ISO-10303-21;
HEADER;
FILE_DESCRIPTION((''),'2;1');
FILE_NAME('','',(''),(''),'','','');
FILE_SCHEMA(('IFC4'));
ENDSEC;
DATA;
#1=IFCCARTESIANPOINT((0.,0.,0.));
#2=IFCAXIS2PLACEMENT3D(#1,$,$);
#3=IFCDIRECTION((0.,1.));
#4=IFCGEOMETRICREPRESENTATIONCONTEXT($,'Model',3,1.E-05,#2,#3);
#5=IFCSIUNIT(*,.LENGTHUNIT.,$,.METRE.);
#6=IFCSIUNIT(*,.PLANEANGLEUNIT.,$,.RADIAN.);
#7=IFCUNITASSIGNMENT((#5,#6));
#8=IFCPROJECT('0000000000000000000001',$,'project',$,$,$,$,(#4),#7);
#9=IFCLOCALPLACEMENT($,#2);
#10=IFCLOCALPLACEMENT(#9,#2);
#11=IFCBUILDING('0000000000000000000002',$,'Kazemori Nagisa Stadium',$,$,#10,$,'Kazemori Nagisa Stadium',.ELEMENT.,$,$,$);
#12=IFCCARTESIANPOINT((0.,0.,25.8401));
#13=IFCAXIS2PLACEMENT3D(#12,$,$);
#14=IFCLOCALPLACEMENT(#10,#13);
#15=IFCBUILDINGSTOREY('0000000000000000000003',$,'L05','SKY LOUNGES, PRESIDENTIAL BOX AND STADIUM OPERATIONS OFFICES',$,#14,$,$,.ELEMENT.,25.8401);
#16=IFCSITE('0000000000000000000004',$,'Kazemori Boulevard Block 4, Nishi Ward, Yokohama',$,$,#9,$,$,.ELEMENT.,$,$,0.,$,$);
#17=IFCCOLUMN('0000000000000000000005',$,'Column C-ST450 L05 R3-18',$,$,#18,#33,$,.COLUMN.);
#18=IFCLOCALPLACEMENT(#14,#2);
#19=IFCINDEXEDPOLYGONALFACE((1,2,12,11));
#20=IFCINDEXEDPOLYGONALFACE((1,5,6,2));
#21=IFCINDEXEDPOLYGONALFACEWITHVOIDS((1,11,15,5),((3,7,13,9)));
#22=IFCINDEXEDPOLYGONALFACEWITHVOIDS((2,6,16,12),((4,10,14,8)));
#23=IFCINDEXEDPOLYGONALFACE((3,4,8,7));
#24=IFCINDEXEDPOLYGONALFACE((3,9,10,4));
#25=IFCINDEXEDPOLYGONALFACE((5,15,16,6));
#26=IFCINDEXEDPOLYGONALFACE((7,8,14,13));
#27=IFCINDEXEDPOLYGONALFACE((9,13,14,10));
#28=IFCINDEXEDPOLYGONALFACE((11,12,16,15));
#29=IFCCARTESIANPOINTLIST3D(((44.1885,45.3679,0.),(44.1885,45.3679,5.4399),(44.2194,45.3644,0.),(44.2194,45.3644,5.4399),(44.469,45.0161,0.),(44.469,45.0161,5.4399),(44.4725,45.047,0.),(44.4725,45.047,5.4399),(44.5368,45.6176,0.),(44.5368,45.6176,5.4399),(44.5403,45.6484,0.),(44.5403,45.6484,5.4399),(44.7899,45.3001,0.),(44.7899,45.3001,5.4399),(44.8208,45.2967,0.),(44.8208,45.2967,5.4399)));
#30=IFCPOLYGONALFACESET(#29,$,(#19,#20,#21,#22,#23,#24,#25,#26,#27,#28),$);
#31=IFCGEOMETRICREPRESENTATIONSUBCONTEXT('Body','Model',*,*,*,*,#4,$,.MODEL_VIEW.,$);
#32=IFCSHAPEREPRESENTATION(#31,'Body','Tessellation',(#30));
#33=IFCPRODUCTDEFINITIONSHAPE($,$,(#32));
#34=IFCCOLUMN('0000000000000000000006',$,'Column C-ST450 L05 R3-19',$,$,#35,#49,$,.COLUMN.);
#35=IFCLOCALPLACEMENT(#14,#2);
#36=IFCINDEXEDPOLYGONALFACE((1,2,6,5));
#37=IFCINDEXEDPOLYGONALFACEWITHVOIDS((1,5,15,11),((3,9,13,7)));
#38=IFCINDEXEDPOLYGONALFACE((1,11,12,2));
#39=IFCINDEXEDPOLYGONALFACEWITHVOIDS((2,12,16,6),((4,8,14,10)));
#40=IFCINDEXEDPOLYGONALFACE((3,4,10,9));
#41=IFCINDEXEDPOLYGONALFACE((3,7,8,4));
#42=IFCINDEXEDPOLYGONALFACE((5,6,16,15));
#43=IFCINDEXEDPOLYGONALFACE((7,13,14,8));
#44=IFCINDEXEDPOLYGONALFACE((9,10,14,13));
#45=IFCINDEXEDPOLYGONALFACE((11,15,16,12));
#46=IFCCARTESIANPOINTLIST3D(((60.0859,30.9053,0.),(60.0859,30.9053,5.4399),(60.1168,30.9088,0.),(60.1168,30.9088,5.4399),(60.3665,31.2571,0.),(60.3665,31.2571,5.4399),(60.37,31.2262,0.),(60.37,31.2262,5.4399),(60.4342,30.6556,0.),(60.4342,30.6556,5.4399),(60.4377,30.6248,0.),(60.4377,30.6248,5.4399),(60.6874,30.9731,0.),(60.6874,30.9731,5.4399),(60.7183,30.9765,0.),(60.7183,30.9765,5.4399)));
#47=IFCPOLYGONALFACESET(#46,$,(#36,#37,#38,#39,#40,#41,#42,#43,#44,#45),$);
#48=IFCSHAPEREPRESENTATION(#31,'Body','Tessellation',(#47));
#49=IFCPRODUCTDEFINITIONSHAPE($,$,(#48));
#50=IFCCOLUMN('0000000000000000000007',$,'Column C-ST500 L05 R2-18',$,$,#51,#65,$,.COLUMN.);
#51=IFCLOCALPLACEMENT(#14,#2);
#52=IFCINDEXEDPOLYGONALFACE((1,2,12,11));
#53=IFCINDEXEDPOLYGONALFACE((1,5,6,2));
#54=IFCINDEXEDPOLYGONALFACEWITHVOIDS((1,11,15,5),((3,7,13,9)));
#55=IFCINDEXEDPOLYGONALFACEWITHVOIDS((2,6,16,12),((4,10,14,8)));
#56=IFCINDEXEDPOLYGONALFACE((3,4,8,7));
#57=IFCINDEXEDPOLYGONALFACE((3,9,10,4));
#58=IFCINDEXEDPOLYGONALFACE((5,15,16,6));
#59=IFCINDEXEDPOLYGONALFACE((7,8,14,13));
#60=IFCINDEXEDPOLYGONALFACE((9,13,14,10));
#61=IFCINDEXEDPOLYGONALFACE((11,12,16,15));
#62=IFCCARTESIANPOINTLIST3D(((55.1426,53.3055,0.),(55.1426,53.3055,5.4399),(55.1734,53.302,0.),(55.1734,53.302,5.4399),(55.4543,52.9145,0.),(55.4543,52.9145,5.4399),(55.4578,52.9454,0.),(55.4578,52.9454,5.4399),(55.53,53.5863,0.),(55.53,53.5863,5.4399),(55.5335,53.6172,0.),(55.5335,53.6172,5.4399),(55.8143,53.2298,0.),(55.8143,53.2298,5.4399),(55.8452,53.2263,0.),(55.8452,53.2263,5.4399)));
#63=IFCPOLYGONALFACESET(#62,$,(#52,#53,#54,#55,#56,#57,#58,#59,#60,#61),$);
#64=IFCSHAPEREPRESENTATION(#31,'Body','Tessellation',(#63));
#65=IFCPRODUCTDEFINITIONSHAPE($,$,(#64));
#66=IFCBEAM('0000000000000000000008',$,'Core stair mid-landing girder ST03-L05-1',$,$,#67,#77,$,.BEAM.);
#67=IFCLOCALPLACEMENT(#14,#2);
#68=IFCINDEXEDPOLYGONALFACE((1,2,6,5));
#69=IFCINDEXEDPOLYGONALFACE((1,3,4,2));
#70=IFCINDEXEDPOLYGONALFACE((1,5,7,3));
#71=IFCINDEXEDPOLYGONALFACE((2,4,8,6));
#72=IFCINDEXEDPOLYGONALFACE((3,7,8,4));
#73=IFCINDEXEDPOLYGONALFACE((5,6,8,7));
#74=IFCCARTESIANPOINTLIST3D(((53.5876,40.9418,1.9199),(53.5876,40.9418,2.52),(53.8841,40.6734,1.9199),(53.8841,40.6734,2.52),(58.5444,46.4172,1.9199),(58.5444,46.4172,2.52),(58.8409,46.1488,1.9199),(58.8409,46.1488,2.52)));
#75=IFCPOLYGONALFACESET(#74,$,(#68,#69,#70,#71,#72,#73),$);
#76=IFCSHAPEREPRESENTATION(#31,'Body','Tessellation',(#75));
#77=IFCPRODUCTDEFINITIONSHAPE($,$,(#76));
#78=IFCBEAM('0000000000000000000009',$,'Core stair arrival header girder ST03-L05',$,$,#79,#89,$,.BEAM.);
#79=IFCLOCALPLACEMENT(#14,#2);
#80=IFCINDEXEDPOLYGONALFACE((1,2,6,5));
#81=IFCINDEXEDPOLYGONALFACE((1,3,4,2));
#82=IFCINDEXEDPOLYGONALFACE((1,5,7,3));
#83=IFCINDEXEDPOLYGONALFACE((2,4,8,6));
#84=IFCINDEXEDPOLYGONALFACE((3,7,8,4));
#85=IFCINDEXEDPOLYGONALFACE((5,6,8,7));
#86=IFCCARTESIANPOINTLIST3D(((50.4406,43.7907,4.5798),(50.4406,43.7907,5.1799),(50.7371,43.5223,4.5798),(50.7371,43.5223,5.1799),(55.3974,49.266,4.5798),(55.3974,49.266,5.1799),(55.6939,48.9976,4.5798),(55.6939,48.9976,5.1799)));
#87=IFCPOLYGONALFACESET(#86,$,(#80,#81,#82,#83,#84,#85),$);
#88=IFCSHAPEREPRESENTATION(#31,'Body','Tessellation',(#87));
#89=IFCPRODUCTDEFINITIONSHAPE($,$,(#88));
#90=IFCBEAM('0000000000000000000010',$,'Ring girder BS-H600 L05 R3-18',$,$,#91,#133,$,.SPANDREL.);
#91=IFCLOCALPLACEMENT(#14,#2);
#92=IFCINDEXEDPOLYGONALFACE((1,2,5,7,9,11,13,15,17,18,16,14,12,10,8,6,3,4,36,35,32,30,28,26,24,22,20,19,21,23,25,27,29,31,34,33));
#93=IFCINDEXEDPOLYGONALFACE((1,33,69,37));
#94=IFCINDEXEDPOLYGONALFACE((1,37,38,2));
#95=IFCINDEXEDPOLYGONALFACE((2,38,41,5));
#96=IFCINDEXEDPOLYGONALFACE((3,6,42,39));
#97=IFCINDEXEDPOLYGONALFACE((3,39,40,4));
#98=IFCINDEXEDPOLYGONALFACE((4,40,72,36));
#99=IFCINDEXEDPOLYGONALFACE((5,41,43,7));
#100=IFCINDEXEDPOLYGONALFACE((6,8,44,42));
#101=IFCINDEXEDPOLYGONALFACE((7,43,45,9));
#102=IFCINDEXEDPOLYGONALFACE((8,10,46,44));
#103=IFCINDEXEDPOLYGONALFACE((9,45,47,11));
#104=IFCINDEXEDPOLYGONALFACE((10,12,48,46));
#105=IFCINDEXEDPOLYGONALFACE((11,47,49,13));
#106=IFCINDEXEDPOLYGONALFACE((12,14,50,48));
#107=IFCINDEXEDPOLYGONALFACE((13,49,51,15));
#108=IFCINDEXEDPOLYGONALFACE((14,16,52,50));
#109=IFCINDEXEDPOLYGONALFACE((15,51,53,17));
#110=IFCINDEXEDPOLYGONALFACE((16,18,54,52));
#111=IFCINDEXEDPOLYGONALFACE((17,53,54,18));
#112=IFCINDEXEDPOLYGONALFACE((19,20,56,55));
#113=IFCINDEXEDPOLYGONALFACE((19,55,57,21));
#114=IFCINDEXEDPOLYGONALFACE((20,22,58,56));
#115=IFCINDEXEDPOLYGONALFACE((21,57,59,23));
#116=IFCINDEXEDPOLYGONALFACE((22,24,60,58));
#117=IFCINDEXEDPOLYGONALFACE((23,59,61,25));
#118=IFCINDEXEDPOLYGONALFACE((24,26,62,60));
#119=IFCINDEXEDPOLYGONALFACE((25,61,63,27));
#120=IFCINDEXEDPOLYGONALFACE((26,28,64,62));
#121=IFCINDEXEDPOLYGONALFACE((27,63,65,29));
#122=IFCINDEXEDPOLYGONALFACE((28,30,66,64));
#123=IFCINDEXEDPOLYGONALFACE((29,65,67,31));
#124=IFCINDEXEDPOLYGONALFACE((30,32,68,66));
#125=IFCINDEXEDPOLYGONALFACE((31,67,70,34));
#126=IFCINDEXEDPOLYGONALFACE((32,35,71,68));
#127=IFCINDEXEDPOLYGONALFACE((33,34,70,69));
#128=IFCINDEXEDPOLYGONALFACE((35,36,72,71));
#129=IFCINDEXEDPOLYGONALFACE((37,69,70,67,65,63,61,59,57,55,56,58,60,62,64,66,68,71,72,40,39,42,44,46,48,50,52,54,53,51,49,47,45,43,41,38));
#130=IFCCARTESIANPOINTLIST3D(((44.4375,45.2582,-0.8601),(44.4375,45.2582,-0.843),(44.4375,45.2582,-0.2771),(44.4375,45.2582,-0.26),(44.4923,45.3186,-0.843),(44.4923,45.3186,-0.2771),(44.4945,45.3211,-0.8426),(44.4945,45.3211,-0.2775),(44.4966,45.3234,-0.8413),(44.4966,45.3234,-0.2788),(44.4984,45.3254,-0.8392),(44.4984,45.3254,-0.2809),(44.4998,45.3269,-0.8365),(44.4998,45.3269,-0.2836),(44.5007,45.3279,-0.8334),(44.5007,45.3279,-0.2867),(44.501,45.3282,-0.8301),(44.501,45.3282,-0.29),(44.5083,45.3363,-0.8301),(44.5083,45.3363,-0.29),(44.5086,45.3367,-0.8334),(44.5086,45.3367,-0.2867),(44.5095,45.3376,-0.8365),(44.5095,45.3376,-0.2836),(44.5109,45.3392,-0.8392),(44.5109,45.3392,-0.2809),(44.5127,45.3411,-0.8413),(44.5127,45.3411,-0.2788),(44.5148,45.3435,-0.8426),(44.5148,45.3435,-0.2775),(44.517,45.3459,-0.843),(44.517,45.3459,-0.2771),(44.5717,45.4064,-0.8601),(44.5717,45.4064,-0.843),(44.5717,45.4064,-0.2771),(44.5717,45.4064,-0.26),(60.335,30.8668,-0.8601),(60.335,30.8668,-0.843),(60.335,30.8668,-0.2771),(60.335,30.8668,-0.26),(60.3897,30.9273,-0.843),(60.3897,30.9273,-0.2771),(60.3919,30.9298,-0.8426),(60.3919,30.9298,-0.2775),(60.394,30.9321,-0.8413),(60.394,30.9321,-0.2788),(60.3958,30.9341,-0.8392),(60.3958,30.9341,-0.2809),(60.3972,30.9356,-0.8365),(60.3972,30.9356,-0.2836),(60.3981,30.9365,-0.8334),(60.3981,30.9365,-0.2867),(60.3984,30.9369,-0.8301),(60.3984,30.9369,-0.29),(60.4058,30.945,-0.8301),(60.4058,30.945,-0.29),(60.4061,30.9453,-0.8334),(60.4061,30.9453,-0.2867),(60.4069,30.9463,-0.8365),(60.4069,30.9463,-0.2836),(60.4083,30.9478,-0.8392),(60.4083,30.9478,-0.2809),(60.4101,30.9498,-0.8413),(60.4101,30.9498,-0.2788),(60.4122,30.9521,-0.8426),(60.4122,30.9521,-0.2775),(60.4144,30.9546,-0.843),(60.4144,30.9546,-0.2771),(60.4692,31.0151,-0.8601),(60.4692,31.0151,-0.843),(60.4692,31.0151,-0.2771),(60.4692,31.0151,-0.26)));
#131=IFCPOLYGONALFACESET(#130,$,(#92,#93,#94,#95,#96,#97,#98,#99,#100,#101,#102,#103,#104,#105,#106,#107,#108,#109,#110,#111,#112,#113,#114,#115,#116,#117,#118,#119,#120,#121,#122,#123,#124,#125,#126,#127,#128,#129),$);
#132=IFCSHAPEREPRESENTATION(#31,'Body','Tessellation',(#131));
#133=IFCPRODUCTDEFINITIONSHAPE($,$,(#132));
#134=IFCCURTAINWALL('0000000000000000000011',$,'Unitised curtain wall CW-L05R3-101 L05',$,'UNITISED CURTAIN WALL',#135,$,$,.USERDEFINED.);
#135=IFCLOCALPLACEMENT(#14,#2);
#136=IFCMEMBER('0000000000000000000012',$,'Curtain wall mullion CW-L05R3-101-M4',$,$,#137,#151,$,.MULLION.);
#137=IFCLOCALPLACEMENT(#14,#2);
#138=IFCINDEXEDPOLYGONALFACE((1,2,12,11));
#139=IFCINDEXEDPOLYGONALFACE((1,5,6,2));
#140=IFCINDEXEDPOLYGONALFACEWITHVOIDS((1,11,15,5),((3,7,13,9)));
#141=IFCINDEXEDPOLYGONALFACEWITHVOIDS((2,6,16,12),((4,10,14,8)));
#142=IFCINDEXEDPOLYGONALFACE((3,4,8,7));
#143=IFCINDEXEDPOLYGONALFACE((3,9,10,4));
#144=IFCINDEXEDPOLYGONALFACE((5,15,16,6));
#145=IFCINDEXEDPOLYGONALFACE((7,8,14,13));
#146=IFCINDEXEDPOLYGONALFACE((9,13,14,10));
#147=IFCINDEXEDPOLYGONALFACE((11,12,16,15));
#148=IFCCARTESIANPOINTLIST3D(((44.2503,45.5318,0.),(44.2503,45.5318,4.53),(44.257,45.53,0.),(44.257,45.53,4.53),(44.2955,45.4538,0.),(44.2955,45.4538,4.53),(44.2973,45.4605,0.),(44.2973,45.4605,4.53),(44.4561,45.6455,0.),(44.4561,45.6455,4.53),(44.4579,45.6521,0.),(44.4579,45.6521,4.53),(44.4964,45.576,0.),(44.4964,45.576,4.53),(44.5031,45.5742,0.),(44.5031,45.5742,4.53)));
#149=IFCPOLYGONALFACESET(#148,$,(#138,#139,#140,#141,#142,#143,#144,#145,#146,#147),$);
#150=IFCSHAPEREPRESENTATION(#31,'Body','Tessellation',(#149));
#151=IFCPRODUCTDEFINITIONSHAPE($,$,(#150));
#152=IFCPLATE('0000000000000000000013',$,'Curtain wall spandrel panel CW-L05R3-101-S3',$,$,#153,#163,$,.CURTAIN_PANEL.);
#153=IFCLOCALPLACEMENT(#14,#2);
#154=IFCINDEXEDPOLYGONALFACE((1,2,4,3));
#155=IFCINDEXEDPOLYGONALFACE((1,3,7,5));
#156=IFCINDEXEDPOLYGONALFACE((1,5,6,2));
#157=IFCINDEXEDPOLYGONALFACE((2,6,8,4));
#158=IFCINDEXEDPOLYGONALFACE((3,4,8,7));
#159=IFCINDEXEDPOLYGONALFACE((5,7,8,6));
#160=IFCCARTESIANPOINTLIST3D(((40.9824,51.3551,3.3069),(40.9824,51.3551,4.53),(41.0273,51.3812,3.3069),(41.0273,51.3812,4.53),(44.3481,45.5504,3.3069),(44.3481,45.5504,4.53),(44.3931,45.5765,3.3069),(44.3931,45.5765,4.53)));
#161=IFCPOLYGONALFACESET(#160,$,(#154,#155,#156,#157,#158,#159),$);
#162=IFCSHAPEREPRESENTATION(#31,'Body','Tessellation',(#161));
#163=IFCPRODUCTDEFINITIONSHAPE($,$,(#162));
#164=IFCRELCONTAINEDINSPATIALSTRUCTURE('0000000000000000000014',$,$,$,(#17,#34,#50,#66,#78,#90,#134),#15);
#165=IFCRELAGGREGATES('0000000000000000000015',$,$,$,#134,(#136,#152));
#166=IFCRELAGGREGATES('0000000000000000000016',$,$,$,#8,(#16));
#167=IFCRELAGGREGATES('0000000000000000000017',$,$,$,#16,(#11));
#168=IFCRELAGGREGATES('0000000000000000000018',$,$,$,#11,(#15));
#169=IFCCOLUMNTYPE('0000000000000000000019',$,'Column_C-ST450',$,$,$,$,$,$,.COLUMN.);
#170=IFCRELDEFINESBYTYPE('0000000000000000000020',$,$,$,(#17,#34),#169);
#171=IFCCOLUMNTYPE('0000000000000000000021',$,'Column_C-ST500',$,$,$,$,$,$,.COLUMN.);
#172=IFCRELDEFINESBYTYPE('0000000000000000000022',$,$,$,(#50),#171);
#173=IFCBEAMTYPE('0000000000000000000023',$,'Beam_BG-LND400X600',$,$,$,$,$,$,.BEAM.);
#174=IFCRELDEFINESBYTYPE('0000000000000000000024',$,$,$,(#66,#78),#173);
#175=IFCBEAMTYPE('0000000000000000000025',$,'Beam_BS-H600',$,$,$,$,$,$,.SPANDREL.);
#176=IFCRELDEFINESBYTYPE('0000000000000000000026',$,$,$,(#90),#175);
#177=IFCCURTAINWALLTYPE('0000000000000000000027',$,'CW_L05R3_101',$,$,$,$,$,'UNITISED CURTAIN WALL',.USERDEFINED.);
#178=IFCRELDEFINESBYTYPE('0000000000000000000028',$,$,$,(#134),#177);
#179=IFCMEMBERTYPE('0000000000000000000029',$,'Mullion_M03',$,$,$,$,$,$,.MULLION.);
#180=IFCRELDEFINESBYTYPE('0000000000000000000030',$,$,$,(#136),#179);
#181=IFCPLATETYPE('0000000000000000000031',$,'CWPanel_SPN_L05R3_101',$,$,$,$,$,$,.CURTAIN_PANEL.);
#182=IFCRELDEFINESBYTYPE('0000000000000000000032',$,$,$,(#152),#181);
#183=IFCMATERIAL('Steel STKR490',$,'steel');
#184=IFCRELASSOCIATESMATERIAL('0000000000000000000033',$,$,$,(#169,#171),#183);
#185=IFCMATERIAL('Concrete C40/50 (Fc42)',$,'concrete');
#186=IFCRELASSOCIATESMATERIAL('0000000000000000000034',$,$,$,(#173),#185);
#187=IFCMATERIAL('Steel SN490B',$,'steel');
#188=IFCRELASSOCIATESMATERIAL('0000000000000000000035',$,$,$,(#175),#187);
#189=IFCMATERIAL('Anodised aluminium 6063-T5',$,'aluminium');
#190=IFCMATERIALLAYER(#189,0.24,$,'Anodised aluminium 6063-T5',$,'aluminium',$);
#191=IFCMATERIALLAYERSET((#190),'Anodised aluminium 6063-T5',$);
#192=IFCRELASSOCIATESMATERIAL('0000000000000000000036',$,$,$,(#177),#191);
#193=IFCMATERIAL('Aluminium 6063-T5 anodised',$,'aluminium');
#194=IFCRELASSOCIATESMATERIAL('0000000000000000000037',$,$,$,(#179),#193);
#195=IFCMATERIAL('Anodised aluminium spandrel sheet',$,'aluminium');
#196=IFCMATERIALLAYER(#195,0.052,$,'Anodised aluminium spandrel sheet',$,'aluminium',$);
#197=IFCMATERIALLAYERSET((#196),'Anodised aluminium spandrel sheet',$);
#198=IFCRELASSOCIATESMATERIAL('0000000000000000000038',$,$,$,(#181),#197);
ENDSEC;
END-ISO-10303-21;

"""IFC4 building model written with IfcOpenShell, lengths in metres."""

from ifc_helpers import new_model, si_unit, direction, frame, origin, origin_2d, place, context, subcontext, project, spatial, rectangle, hollow_rectangle, i_section, extrude, material, layer, layer_set, material_profile, profile_set, type_object, element, aggregate, save


model = new_model("IFC4")

# Units and contexts
model_context = context("Model", 3, precision=1e-05, world=origin(), true_north=direction((0.0, 1.0)))
body_context = subcontext(model_context, "Body", "Model", "MODEL_VIEW")
ifc_project = project(units=[si_unit("LENGTHUNIT", "METRE"), si_unit("PLANEANGLEUNIT", "RADIAN")], contexts=[model_context])

# Site, building, storey
site_placement = place(None, origin())
site = spatial("IfcSite", under=ifc_project, at=site_placement, Name="Kazemori Boulevard Block 4, Nishi Ward, Yokohama", CompositionType="ELEMENT", RefElevation=0.0)
building_placement = place(site_placement, origin())
building = spatial("IfcBuilding", under=site, at=building_placement, Name="Kazemori Nagisa Stadium", LongName="Kazemori Nagisa Stadium", CompositionType="ELEMENT")
storey_placement = place(building_placement, frame((0.0, 0.0, 25.8401)))
storey = spatial("IfcBuildingStorey", under=building, at=storey_placement, Name="L05", Description="SKY LOUNGES, PRESIDENTIAL BOX AND STADIUM OPERATIONS OFFICES", CompositionType="ELEMENT", Elevation=25.8401)

# Columns
ifc_material_1 = material(Name="Steel STKR490", Category="steel")
ifc_material_profile_1 = material_profile(ifc_material_1, hollow_rectangle(XDim=0.45, YDim=0.45, WallThickness=0.022, at=origin_2d()), Name="SHS-450x450x22")
ifc_profile_set_1 = profile_set([ifc_material_profile_1], Name="Steel STKR490")
column_type_1 = type_object("IfcColumnType", Name="Column_C-ST450", PredefinedType="COLUMN", material=ifc_profile_set_1)
for number, where, z_axis, x_axis, name in (
    (1, (44.5046, 45.3323, 0.0), (0.0, 0.0, 1.0), (-0.781831, -0.62349, 0.0), "Column C-ST450 L05 R3-18"),
    (2, (60.4021, 30.9409, 0.0), (0.0, 0.0, 1.0), (-0.62349, -0.781831, 0.0), "Column C-ST450 L05 R3-19"),
):
    element("IfcColumn", number, at=place(storey_placement, frame(where, z_axis=z_axis, x_axis=x_axis)), inside=storey, type_object=column_type_1, Name=name, PredefinedType="COLUMN", context=body_context, shape_type="SweptSolid", body=[
        extrude(hollow_rectangle(XDim=0.45, YDim=0.45, WallThickness=0.022, at=origin_2d()), origin(), (0.0, 0.0, 1.0), 5.4399),
    ])
ifc_material_profile_2 = material_profile(ifc_material_1, hollow_rectangle(XDim=0.5, YDim=0.5, WallThickness=0.022, at=origin_2d()), Name="SHS-500x500x22")
ifc_profile_set_2 = profile_set([ifc_material_profile_2], Name="Steel STKR490")
column_type_2 = type_object("IfcColumnType", Name="Column_C-ST500", PredefinedType="COLUMN", material=ifc_profile_set_2)
column_placement = place(storey_placement, frame((55.4939, 53.2659, 0.0), z_axis=(0.0, 0.0, 1.0), x_axis=(-0.781831, -0.62349, 0.0)))
element("IfcColumn", 3, at=column_placement, inside=storey, type_object=column_type_2, Name="Column C-ST500 L05 R2-18", PredefinedType="COLUMN", context=body_context, shape_type="SweptSolid", body=[
    extrude(hollow_rectangle(XDim=0.5, YDim=0.5, WallThickness=0.022, at=origin_2d()), origin(), (0.0, 0.0, 1.0), 5.4399),
])

# Beams
ifc_material_2 = material(Name="Concrete C40/50 (Fc42)", Category="concrete")
ifc_material_profile_3 = material_profile(ifc_material_2, rectangle(XDim=0.3999, YDim=0.6001, at=origin_2d()), Name="RC-BM-400x600")
ifc_profile_set_3 = profile_set([ifc_material_profile_3], Name="Concrete C40/50 (Fc42)")
beam_type_1 = type_object("IfcBeamType", Name="Beam_BG-LND400X600", PredefinedType="BEAM", material=ifc_profile_set_3)
for number, where, z_axis, x_axis, name in (
    (4, (58.6926, 46.283, 2.22), (-0.67113, -0.74134, 0.0), (0.74134, -0.67113, 0.0), "Core stair mid-landing girder ST03-L05-1"),
    (5, (55.5457, 49.1318, 4.8799), (-0.67113, -0.74134, 0.0), (0.74134, -0.67113, 0.0), "Core stair arrival header girder ST03-L05"),
):
    element("IfcBeam", number, at=place(storey_placement, frame(where, z_axis=z_axis, x_axis=x_axis)), inside=storey, type_object=beam_type_1, Name=name, PredefinedType="BEAM", context=body_context, shape_type="SweptSolid", body=[
        extrude(rectangle(XDim=0.3999, YDim=0.6001, at=origin_2d()), origin(), (0.0, 0.0, 1.0), 7.3857),
    ])
ifc_material_3 = material(Name="Steel SN490B", Category="steel")
ifc_material_profile_4 = material_profile(ifc_material_3, i_section(OverallWidth=0.2, OverallDepth=0.6001, WebThickness=0.011, FlangeThickness=0.0171, FilletRadius=0.0129, at=origin_2d()), Name="H-600x200x11x17")
ifc_profile_set_4 = profile_set([ifc_material_profile_4], Name="Steel SN490B")
beam_type_2 = type_object("IfcBeamType", Name="Beam_BS-H600", PredefinedType="SPANDREL", material=ifc_profile_set_4)
beam_placement = place(storey_placement, frame((44.5046, 45.3323, -0.5601), z_axis=(0.741352, -0.671117, 0.0), x_axis=(0.671117, 0.741352, 0.0)))
element("IfcBeam", 6, at=beam_placement, inside=storey, type_object=beam_type_2, Name="Ring girder BS-H600 L05 R3-18", PredefinedType="SPANDREL", context=body_context, shape_type="SweptSolid", body=[
    extrude(i_section(OverallWidth=0.2, OverallDepth=0.6001, WebThickness=0.011, FlangeThickness=0.0171, FilletRadius=0.0129, at=origin_2d()), origin(), (0.0, 0.0, 1.0), 21.4438),
])

# Curtain wall, member, plate
ifc_material_4 = material(Name="Anodised aluminium 6063-T5", Category="aluminium")
ifc_layer_1 = layer(ifc_material_4, 0.24, Name="Anodised aluminium 6063-T5", Category="aluminium")
ifc_layer_set_1 = layer_set([ifc_layer_1], Name="Anodised aluminium 6063-T5")
curtain_wall_type = type_object("IfcCurtainWallType", Name="CW_L05R3_101", ElementType="UNITISED CURTAIN WALL", PredefinedType="USERDEFINED", material=ifc_layer_set_1)
curtain_wall_placement = place(storey_placement, origin())
curtain_wall = element("IfcCurtainWall", 7, at=curtain_wall_placement, inside=storey, type_object=curtain_wall_type, Name="Unitised curtain wall CW-L05R3-101 L05", ObjectType="UNITISED CURTAIN WALL", PredefinedType="USERDEFINED")
ifc_material_5 = material(Name="Aluminium 6063-T5 anodised", Category="aluminium")
ifc_material_profile_5 = material_profile(ifc_material_5, hollow_rectangle(XDim=0.0901, YDim=0.24, WallThickness=0.0049, at=origin_2d()), Name="ALU-MULL-90x240x5")
ifc_profile_set_5 = profile_set([ifc_material_profile_5], Name="Aluminium 6063-T5 anodised")
member_type = type_object("IfcMemberType", Name="Mullion_M03", PredefinedType="MULLION", material=ifc_profile_set_5)
member_placement = place(storey_placement, frame((44.3767, 45.553, 0.0), z_axis=(0.0, 0.0, 1.0), x_axis=(0.501612, -0.865093, 0.0)))
member = element("IfcMember", 8, at=member_placement, type_object=member_type, Name="Curtain wall mullion CW-L05R3-101-M4", PredefinedType="MULLION", context=body_context, shape_type="SweptSolid", body=[
    extrude(hollow_rectangle(XDim=0.0901, YDim=0.24, WallThickness=0.0049, at=origin_2d()), origin(), (0.0, 0.0, 1.0), 4.53),
])
ifc_material_6 = material(Name="Anodised aluminium spandrel sheet", Category="aluminium")
ifc_layer_2 = layer(ifc_material_6, 0.052, Name="Anodised aluminium spandrel sheet", Category="aluminium")
ifc_layer_set_2 = layer_set([ifc_layer_2], Name="Anodised aluminium spandrel sheet")
plate_type = type_object("IfcPlateType", Name="CWPanel_SPN_L05R3_101", PredefinedType="CURTAIN_PANEL", material=ifc_layer_set_2)
plate_placement = place(storey_placement, frame((42.6877, 48.4658, 3.3069), z_axis=(0.0, 0.0, 1.0), x_axis=(0.501612, -0.865093, 0.0)))
plate = element("IfcPlate", 9, at=plate_placement, type_object=plate_type, Name="Curtain wall spandrel panel CW-L05R3-101-S3", PredefinedType="CURTAIN_PANEL", context=body_context, shape_type="SweptSolid", body=[
    extrude(rectangle(XDim=6.71, YDim=0.052, at=origin_2d()), origin(), (0.0, 0.0, 1.0), 1.2231),
])
aggregate(curtain_wall, [member, plate])

save(model, "model.ifc")
